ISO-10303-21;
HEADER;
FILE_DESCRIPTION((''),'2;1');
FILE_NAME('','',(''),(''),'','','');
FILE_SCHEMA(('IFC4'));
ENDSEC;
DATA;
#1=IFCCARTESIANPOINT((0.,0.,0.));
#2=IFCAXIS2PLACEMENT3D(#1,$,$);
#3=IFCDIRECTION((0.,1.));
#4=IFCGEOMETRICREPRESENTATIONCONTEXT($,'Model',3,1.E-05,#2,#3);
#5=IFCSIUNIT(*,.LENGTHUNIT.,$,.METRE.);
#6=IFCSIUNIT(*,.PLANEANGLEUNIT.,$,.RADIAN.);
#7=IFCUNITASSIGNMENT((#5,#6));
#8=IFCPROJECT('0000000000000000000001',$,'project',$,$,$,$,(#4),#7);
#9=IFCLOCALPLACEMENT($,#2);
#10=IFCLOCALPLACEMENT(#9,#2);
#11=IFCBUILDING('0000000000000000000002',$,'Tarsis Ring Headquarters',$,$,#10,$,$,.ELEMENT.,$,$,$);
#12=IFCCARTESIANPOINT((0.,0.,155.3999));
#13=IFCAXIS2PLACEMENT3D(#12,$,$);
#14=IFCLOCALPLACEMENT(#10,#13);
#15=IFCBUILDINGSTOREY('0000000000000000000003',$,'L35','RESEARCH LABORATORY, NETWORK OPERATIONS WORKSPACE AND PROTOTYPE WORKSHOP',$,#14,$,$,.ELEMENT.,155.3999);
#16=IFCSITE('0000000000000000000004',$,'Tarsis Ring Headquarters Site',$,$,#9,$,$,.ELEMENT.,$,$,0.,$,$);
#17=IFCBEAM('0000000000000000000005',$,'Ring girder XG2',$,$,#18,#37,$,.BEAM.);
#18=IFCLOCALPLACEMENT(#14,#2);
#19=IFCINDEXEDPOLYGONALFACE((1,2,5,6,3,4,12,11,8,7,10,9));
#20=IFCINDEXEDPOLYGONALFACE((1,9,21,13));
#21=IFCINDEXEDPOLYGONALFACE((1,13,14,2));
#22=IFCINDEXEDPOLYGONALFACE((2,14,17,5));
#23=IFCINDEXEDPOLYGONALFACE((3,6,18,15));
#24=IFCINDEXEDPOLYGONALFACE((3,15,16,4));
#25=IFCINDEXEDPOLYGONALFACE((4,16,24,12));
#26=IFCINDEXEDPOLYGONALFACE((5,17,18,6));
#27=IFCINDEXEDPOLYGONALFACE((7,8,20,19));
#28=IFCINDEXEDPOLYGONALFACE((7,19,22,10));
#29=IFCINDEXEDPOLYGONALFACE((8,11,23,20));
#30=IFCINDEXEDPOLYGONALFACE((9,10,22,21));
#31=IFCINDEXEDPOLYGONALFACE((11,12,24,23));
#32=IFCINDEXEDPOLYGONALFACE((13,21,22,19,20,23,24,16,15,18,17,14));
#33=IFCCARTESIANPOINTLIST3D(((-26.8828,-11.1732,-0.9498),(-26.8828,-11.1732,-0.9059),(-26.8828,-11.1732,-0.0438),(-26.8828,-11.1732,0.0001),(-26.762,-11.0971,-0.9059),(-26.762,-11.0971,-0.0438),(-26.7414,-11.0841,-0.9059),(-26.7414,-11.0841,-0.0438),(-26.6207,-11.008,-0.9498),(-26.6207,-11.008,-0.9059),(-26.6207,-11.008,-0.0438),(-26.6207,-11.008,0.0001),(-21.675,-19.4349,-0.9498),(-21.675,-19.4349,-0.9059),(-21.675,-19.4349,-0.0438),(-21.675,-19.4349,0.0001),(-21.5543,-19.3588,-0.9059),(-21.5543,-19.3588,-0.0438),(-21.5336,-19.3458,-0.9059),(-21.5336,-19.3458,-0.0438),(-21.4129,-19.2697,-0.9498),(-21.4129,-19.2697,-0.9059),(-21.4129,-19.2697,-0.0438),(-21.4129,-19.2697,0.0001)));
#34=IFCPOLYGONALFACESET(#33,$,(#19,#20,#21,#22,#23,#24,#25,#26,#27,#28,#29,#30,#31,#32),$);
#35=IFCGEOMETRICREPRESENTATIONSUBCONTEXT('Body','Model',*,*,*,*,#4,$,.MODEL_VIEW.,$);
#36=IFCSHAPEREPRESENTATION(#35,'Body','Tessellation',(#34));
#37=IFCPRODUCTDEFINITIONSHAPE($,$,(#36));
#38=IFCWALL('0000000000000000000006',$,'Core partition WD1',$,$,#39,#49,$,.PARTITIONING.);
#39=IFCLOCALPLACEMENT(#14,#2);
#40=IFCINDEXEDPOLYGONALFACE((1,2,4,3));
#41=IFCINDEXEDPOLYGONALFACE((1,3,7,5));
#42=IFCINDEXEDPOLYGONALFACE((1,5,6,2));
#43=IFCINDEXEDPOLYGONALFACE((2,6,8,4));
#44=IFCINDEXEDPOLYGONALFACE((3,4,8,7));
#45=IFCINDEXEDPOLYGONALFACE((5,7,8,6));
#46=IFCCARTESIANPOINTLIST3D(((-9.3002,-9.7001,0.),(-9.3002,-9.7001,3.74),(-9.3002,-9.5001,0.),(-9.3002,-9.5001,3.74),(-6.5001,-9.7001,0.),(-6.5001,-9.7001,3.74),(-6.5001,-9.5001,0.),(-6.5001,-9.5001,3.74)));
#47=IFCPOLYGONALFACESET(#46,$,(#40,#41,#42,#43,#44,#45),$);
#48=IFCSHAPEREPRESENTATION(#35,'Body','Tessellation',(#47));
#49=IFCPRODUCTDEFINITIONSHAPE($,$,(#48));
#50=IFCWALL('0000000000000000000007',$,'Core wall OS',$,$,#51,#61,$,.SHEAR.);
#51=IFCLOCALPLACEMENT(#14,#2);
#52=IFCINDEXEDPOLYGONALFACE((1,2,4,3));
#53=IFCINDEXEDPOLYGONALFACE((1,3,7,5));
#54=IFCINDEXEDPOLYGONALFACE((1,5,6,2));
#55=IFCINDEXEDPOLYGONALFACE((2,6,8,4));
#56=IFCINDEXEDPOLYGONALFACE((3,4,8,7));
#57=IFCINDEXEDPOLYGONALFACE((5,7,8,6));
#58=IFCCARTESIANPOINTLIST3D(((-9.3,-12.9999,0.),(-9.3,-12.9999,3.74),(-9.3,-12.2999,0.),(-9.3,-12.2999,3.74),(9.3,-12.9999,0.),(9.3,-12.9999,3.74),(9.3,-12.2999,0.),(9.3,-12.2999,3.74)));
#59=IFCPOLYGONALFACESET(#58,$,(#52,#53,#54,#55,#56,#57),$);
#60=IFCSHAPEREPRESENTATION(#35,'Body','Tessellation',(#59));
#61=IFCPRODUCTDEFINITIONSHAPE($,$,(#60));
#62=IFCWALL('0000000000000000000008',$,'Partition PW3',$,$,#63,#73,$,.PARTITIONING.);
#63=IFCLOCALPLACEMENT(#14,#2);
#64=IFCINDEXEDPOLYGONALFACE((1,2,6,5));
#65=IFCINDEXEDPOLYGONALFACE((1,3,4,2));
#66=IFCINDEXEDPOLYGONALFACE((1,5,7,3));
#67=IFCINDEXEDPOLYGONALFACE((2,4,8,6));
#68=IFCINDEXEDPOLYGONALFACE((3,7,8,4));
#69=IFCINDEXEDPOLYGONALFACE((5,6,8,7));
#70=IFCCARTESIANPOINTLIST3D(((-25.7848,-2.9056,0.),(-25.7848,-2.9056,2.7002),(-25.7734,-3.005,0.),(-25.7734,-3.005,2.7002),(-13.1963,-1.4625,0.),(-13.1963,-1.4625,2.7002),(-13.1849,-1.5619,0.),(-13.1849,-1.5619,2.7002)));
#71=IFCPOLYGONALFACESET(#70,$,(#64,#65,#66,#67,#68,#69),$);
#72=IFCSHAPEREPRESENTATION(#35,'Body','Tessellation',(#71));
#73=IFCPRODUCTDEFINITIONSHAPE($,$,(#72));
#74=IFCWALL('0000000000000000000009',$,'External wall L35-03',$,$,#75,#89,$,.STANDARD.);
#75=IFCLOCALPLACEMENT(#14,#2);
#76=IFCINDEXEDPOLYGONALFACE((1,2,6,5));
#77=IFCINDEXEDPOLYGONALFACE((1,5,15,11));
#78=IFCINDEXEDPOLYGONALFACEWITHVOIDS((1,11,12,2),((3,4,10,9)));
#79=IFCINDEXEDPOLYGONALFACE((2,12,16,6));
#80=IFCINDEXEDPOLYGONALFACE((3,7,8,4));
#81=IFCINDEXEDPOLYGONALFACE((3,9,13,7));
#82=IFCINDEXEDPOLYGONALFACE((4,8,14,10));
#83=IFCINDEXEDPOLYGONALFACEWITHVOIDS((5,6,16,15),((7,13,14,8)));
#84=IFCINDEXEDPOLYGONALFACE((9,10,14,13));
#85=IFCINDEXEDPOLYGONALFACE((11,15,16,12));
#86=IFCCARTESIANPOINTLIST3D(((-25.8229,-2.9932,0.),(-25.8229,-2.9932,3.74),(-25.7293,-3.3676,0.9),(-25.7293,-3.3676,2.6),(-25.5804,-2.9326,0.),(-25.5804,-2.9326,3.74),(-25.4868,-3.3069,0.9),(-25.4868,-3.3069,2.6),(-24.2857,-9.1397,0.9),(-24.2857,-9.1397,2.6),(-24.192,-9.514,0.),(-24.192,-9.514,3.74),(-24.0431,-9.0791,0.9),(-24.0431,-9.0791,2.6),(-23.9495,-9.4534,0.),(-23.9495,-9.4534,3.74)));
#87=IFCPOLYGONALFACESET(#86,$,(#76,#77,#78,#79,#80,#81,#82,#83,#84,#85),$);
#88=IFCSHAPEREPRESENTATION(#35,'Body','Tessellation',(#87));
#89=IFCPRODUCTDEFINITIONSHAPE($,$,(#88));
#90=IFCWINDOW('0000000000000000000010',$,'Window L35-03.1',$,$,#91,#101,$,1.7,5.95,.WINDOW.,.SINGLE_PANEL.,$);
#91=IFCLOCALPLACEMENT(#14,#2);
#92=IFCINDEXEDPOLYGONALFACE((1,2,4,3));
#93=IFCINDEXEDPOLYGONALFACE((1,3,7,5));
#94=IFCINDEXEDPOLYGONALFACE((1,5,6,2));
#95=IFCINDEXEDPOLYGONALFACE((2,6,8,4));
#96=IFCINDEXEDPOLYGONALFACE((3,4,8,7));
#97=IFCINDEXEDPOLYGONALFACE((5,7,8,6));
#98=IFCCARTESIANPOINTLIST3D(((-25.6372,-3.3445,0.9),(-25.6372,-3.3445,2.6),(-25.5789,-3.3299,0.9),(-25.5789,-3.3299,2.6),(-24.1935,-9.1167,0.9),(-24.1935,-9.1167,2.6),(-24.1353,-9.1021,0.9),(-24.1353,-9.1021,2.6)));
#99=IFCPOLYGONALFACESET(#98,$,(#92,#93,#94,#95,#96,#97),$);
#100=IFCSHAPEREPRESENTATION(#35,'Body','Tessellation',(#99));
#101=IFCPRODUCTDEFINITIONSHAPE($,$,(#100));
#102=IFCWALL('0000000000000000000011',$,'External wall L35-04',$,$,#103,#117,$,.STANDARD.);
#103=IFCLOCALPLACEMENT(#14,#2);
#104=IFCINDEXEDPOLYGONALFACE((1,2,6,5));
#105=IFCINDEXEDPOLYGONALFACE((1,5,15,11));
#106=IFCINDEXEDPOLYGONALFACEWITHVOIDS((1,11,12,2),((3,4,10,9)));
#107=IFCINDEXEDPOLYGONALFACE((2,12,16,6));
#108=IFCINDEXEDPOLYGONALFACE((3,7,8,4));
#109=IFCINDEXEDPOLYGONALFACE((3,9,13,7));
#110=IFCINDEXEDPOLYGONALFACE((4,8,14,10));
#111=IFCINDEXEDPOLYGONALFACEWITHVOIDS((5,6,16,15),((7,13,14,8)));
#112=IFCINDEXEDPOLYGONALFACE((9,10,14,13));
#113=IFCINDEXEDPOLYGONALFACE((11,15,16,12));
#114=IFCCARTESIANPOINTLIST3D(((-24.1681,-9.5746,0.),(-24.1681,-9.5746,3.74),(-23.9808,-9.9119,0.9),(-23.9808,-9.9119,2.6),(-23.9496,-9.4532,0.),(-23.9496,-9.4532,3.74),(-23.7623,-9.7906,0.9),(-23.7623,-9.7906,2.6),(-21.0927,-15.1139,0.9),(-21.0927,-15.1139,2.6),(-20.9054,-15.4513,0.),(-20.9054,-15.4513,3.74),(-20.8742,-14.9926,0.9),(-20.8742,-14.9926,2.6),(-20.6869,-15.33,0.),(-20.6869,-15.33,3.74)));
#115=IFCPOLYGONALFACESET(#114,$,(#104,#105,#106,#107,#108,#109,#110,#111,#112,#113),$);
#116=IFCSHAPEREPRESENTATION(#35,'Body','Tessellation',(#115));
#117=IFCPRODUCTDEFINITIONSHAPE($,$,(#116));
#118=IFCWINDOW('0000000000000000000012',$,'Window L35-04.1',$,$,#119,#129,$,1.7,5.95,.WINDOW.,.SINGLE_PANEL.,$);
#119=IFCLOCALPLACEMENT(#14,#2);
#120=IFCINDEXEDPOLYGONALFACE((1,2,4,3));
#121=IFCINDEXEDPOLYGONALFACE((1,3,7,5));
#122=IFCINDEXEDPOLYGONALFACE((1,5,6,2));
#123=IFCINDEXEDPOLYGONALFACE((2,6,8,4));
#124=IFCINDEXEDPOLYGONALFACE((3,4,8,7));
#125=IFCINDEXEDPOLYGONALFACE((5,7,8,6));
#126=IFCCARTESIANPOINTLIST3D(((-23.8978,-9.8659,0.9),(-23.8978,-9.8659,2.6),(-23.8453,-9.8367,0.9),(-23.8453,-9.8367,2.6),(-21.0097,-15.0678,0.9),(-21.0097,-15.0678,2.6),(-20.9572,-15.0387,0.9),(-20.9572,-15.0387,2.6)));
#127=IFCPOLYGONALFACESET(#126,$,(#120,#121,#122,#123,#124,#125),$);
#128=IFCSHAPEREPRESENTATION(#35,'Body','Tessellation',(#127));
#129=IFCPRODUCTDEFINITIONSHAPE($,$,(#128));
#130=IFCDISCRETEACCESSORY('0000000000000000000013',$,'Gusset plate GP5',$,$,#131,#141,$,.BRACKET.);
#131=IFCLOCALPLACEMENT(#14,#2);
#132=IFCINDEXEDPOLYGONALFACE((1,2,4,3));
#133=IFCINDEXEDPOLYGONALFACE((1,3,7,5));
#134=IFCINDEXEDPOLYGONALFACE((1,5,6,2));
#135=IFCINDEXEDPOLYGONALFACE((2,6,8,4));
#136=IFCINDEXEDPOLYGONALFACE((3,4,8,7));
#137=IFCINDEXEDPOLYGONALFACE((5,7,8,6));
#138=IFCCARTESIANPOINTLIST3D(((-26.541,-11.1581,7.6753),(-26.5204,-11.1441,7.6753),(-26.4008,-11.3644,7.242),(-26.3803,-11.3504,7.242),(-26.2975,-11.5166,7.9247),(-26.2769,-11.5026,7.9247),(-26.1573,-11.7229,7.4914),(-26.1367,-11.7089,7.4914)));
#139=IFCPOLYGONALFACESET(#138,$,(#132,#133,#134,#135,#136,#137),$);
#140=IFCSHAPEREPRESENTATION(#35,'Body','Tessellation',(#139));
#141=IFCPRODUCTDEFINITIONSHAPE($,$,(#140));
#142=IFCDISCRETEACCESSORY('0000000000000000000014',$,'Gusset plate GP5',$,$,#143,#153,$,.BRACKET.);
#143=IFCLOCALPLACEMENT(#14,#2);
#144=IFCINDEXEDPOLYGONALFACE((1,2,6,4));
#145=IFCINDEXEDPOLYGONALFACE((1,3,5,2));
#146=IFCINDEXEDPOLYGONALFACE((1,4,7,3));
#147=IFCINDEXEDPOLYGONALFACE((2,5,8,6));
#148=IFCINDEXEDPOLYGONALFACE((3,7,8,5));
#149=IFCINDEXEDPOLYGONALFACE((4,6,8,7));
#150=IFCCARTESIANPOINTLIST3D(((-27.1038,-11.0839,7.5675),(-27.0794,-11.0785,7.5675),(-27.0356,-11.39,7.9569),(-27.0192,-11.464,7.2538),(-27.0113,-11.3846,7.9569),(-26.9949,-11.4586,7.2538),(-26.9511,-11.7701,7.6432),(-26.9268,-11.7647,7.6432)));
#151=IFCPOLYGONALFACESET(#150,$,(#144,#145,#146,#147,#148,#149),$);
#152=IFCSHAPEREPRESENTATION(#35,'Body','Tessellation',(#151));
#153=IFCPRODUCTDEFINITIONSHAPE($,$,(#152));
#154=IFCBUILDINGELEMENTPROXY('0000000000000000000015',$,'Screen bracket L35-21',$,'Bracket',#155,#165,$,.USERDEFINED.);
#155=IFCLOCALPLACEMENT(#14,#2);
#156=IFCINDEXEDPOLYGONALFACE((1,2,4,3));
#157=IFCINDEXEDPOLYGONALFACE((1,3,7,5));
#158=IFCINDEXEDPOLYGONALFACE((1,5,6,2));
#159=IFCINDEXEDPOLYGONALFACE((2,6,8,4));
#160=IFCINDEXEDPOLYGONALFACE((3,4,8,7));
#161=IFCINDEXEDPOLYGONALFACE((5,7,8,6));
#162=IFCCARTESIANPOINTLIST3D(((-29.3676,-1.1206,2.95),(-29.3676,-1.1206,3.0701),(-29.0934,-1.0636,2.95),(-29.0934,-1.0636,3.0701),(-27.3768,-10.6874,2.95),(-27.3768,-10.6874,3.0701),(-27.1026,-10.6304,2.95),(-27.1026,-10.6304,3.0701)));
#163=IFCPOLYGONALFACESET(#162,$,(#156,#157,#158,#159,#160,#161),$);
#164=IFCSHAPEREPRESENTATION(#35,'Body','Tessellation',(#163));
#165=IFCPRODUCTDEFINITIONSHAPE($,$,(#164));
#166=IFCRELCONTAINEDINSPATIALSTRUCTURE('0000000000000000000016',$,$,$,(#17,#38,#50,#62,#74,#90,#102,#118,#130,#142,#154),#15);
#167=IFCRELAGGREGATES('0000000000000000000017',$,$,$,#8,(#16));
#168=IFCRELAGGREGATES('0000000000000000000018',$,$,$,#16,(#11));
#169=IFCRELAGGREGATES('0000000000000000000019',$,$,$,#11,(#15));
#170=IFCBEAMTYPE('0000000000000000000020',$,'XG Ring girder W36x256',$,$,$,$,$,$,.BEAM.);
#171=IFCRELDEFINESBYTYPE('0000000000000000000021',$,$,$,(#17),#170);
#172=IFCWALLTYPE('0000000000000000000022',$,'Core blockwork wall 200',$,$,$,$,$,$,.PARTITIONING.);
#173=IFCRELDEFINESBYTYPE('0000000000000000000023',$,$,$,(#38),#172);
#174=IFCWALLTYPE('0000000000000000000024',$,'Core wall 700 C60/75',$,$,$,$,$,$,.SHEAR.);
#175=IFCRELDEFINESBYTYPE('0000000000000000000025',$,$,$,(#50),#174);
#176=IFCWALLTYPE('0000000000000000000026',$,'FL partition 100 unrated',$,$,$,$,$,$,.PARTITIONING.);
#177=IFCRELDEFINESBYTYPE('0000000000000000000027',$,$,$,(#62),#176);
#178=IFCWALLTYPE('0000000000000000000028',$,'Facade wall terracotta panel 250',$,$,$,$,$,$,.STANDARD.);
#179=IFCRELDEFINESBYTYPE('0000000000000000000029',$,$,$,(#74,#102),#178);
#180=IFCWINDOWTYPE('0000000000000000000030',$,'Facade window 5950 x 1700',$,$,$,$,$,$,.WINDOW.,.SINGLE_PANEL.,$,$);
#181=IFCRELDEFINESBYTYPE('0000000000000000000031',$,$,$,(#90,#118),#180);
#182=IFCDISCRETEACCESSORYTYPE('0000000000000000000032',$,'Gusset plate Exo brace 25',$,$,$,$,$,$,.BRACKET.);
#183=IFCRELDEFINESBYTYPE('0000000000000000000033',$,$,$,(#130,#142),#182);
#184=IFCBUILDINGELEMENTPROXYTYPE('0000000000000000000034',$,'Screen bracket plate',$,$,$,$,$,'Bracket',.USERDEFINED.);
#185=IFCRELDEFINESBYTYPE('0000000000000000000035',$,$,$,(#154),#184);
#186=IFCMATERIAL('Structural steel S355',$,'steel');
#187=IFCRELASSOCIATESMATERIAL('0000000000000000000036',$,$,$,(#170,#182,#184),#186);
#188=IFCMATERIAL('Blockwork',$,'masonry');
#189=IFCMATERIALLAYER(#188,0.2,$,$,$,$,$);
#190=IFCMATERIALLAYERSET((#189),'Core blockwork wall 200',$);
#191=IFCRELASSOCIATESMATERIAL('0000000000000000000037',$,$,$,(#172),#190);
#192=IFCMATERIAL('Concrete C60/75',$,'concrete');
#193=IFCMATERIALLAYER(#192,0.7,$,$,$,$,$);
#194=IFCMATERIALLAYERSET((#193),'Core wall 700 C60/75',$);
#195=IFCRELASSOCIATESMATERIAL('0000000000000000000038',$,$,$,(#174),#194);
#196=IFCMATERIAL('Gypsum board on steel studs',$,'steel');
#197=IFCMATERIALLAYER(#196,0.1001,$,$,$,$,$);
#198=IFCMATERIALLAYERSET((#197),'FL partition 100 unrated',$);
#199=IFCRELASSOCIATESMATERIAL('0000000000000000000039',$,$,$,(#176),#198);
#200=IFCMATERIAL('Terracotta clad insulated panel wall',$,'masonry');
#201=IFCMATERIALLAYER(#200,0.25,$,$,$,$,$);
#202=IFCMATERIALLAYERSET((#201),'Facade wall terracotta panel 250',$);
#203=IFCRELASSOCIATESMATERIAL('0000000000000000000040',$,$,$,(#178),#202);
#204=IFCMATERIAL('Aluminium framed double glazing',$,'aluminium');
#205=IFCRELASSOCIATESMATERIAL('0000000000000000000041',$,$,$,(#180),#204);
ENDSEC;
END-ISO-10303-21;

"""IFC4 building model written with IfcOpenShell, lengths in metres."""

from ifc_helpers import new_model, si_unit, direction, frame, frame_2d, origin, origin_2d, place, context, subcontext, project, spatial, rectangle, i_section, extrude, material, layer, layer_set, material_profile, profile_set, type_object, element, fill, save


model = new_model("IFC4")

# Units and contexts
model_context = context("Model", 3, precision=1e-05, world=origin(), true_north=direction((0.0, 1.0)))
body_context = subcontext(model_context, "Body", "Model", "MODEL_VIEW")
ifc_project = project(units=[si_unit("LENGTHUNIT", "METRE"), si_unit("PLANEANGLEUNIT", "RADIAN")], contexts=[model_context])

# Site, building, storey
site_placement = place(None, origin())
site = spatial("IfcSite", under=ifc_project, at=site_placement, Name="Tarsis Ring Headquarters Site", CompositionType="ELEMENT", RefElevation=0.0)
building_placement = place(site_placement, origin())
building = spatial("IfcBuilding", under=site, at=building_placement, Name="Tarsis Ring Headquarters", CompositionType="ELEMENT")
storey_placement = place(building_placement, frame((0.0, 0.0, 155.3999)))
storey = spatial("IfcBuildingStorey", under=building, at=storey_placement, Name="L35", Description="RESEARCH LABORATORY, NETWORK OPERATIONS WORKSPACE AND PROTOTYPE WORKSHOP", CompositionType="ELEMENT", Elevation=155.3999)

# Shared definitions
ifc_material_1 = material(Name="Structural steel S355", Category="steel")

# Shared definitions
ifc_material_profile_1 = material_profile(ifc_material_1, i_section(OverallWidth=0.3098, OverallDepth=0.95, WebThickness=0.0244, FlangeThickness=0.0439, at=origin_2d()), Name="W36x256")
ifc_profile_set_1 = profile_set([ifc_material_profile_1], Name="Structural steel S355")

# Beam
beam_type_1 = type_object("IfcBeamType", Name="XG Ring girder W36x256", PredefinedType="BEAM", material=ifc_profile_set_1)
beam_1_placement = place(storey_placement, frame((-26.7517, -11.0906, -0.4749), z_axis=(0.533249, -0.845958, 0.0), x_axis=(0.845958, 0.533249, 0.0)))
element("IfcBeam", 1, at=beam_1_placement, inside=storey, type_object=beam_type_1, Name="Ring girder XG2", PredefinedType="BEAM", context=body_context, shape_type="SweptSolid", body=[
    extrude(i_section(OverallWidth=0.3098, OverallDepth=0.95, WebThickness=0.0244, FlangeThickness=0.0439, at=origin_2d()), origin(), (0.0, 0.0, 1.0), 9.7661),
])

# Walls
ifc_material_2 = material(Name="Blockwork", Category="masonry")
ifc_layer_1 = layer(ifc_material_2, 0.2)
ifc_layer_set_1 = layer_set([ifc_layer_1], Name="Core blockwork wall 200")
wall_type_1 = type_object("IfcWallType", Name="Core blockwork wall 200", PredefinedType="PARTITIONING", material=ifc_layer_set_1)
wall_1_placement = place(storey_placement, frame((-9.3, -9.6001, 0.0), z_axis=(0.0, 0.0, 1.0), x_axis=(1.0, 0.0, 0.0)))
element("IfcWall", 2, at=wall_1_placement, inside=storey, type_object=wall_type_1, Name="Core partition WD1", PredefinedType="PARTITIONING", context=body_context, shape_type="SweptSolid", body=[
    extrude(rectangle(XDim=2.8, YDim=0.2, at=frame_2d((1.3999, 0.0))), origin(), (0.0, 0.0, 1.0), 3.74),
])
ifc_material_3 = material(Name="Concrete C60/75", Category="concrete")
ifc_layer_2 = layer(ifc_material_3, 0.7)
ifc_layer_set_2 = layer_set([ifc_layer_2], Name="Core wall 700 C60/75")
wall_type_2 = type_object("IfcWallType", Name="Core wall 700 C60/75", PredefinedType="SHEAR", material=ifc_layer_set_2)
wall_2_placement = place(storey_placement, frame((-9.3, -12.6499, 0.0), z_axis=(0.0, 0.0, 1.0), x_axis=(1.0, 0.0, 0.0)))
element("IfcWall", 3, at=wall_2_placement, inside=storey, type_object=wall_type_2, Name="Core wall OS", PredefinedType="SHEAR", context=body_context, shape_type="SweptSolid", body=[
    extrude(rectangle(XDim=18.6001, YDim=0.7, at=frame_2d((9.3, 0.0))), origin(), (0.0, 0.0, 1.0), 3.74),
])
ifc_material_4 = material(Name="Gypsum board on steel studs", Category="steel")
ifc_layer_3 = layer(ifc_material_4, 0.1001)
ifc_layer_set_3 = layer_set([ifc_layer_3], Name="FL partition 100 unrated")
wall_type_3 = type_object("IfcWallType", Name="FL partition 100 unrated", PredefinedType="PARTITIONING", material=ifc_layer_set_3)
wall_3_placement = place(storey_placement, frame((-25.7791, -2.9553, 0.0), z_axis=(0.0, 0.0, 1.0), x_axis=(0.993493, 0.113893, 0.0)))
element("IfcWall", 4, at=wall_3_placement, inside=storey, type_object=wall_type_3, Name="Partition PW3", PredefinedType="PARTITIONING", context=body_context, shape_type="SweptSolid", body=[
    extrude(rectangle(XDim=12.6709, YDim=0.1001, at=frame_2d((6.3354, 0.0))), origin(), (0.0, 0.0, 1.0), 2.7002),
])

# Walls, openings, windows
ifc_material_5 = material(Name="Terracotta clad insulated panel wall", Category="masonry")
ifc_layer_4 = layer(ifc_material_5, 0.25)
ifc_layer_set_4 = layer_set([ifc_layer_4], Name="Facade wall terracotta panel 250")
wall_type_4 = type_object("IfcWallType", Name="Facade wall terracotta panel 250", PredefinedType="STANDARD", material=ifc_layer_set_4)
wall_4_placement = place(storey_placement, frame((-25.7017, -2.9629, 0.0), z_axis=(0.0, 0.0, 1.0), x_axis=(0.24263, -0.970119, 0.0)))
wall_4 = element("IfcWall", 5, at=wall_4_placement, inside=storey, type_object=wall_type_4, Name="External wall L35-03", PredefinedType="STANDARD", context=body_context, shape_type="SweptSolid", body=[
    extrude(rectangle(XDim=6.7217, YDim=0.25, at=frame_2d((3.3608, 0.0))), origin(), (0.0, 0.0, 1.0), 3.74),
])
opening_1_placement = place(wall_4_placement, frame((0.3857, 0.0, 0.8999)))
opening_1 = element("IfcOpeningElement", 6, at=opening_1_placement, cuts=wall_4, PredefinedType="OPENING", context=body_context, shape_type="SweptSolid", body=[
    extrude(rectangle(XDim=5.95, YDim=1.7, at=frame_2d((2.9751, 0.8501))), frame((0.0, 0.135, 0.0), z_axis=(0.0, -1.0, 0.0), x_axis=(1.0, 0.0, 0.0)), (0.0, 0.0, 1.0), 0.27),
])
ifc_material_6 = material(Name="Aluminium framed double glazing", Category="aluminium")
window_type = type_object("IfcWindowType", Name="Facade window 5950 x 1700", PartitioningType="SINGLE_PANEL", PredefinedType="WINDOW", material=ifc_material_6)
window_1_placement = place(opening_1_placement, origin())
window_1 = element("IfcWindow", 7, at=window_1_placement, inside=storey, type_object=window_type, Name="Window L35-03.1", OverallHeight=1.7, OverallWidth=5.95, PartitioningType="SINGLE_PANEL", PredefinedType="WINDOW", context=body_context, shape_type="SweptSolid", body=[
    extrude(rectangle(XDim=5.95, YDim=1.7, at=frame_2d((2.9751, 0.8501))), frame((0.0, 0.03, 0.0), z_axis=(0.0, -1.0, 0.0), x_axis=(1.0, 0.0, 0.0)), (0.0, 0.0, 1.0), 0.0601),
])
fill(opening_1, window_1)
wall_5_placement = place(storey_placement, frame((-24.0588, -9.5139, 0.0), z_axis=(0.0, 0.0, 1.0), x_axis=(0.485399, -0.874293, 0.0)))
wall_5 = element("IfcWall", 8, at=wall_5_placement, inside=storey, type_object=wall_type_4, Name="External wall L35-04", PredefinedType="STANDARD", context=body_context, shape_type="SweptSolid", body=[
    extrude(rectangle(XDim=6.7217, YDim=0.25, at=frame_2d((3.3608, 0.0))), origin(), (0.0, 0.0, 1.0), 3.74),
])
opening_2_placement = place(wall_5_placement, frame((0.3857, 0.0, 0.8999)))
opening_2 = element("IfcOpeningElement", 9, at=opening_2_placement, cuts=wall_5, PredefinedType="OPENING", context=body_context, shape_type="SweptSolid", body=[
    extrude(rectangle(XDim=5.95, YDim=1.7, at=frame_2d((2.9751, 0.8501))), frame((0.0, 0.135, 0.0), z_axis=(0.0, -1.0, 0.0), x_axis=(1.0, 0.0, 0.0)), (0.0, 0.0, 1.0), 0.27),
])
window_2_placement = place(opening_2_placement, origin())
window_2 = element("IfcWindow", 10, at=window_2_placement, inside=storey, type_object=window_type, Name="Window L35-04.1", OverallHeight=1.7, OverallWidth=5.95, PartitioningType="SINGLE_PANEL", PredefinedType="WINDOW", context=body_context, shape_type="SweptSolid", body=[
    extrude(rectangle(XDim=5.95, YDim=1.7, at=frame_2d((2.9751, 0.8501))), frame((0.0, 0.03, 0.0), z_axis=(0.0, -1.0, 0.0), x_axis=(1.0, 0.0, 0.0)), (0.0, 0.0, 1.0), 0.0601),
])
fill(opening_2, window_2)

# Discrete accessories
ifc_material_profile_2 = material_profile(ifc_material_1, rectangle(XDim=0.0249, YDim=0.5, at=origin_2d()), Name="PL 25x500")
ifc_profile_set_2 = profile_set([ifc_material_profile_2], Name="Structural steel S355")
discrete_accessory_type = type_object("IfcDiscreteAccessoryType", Name="Gusset plate Exo brace 25", PredefinedType="BRACKET", material=ifc_profile_set_2)
for number, where, z_axis, x_axis, name in (
    (11, (-26.4089, -11.3303, 7.8), (0.280279, -0.412606, -0.866718), (0.8272, 0.561908, 0.0), "Gusset plate GP5"),
    (12, (-26.9812, -11.5774, 7.8), (-0.136229, 0.612299, -0.778801), (-0.976132, -0.217178, 0.0), "Gusset plate GP5"),
):
    element("IfcDiscreteAccessory", number, at=place(storey_placement, frame(where, z_axis=z_axis, x_axis=x_axis)), inside=storey, type_object=discrete_accessory_type, Name=name, PredefinedType="BRACKET", context=body_context, shape_type="SweptSolid", body=[
        extrude(rectangle(XDim=0.0249, YDim=0.5, at=origin_2d()), origin(), (0.0, 0.0, 1.0), 0.5),
    ])

# Building element proxy
building_element_proxy_type = type_object("IfcBuildingElementProxyType", Name="Screen bracket plate", ElementType="Bracket", PredefinedType="USERDEFINED", material=ifc_material_1)
proxy_placement = place(storey_placement, frame((-28.2351, -5.8755, 2.95), z_axis=(0.0, 0.0, 1.0), x_axis=(0.203727, -0.979028, 0.0)))
element("IfcBuildingElementProxy", 13, at=proxy_placement, inside=storey, type_object=building_element_proxy_type, Name="Screen bracket L35-21", ObjectType="Bracket", PredefinedType="USERDEFINED", context=body_context, shape_type="SweptSolid", body=[
    extrude(rectangle(XDim=9.7717, YDim=0.28, at=origin_2d()), origin(), (0.0, 0.0, 1.0), 0.1201),
])

save(model, "model.ifc")
